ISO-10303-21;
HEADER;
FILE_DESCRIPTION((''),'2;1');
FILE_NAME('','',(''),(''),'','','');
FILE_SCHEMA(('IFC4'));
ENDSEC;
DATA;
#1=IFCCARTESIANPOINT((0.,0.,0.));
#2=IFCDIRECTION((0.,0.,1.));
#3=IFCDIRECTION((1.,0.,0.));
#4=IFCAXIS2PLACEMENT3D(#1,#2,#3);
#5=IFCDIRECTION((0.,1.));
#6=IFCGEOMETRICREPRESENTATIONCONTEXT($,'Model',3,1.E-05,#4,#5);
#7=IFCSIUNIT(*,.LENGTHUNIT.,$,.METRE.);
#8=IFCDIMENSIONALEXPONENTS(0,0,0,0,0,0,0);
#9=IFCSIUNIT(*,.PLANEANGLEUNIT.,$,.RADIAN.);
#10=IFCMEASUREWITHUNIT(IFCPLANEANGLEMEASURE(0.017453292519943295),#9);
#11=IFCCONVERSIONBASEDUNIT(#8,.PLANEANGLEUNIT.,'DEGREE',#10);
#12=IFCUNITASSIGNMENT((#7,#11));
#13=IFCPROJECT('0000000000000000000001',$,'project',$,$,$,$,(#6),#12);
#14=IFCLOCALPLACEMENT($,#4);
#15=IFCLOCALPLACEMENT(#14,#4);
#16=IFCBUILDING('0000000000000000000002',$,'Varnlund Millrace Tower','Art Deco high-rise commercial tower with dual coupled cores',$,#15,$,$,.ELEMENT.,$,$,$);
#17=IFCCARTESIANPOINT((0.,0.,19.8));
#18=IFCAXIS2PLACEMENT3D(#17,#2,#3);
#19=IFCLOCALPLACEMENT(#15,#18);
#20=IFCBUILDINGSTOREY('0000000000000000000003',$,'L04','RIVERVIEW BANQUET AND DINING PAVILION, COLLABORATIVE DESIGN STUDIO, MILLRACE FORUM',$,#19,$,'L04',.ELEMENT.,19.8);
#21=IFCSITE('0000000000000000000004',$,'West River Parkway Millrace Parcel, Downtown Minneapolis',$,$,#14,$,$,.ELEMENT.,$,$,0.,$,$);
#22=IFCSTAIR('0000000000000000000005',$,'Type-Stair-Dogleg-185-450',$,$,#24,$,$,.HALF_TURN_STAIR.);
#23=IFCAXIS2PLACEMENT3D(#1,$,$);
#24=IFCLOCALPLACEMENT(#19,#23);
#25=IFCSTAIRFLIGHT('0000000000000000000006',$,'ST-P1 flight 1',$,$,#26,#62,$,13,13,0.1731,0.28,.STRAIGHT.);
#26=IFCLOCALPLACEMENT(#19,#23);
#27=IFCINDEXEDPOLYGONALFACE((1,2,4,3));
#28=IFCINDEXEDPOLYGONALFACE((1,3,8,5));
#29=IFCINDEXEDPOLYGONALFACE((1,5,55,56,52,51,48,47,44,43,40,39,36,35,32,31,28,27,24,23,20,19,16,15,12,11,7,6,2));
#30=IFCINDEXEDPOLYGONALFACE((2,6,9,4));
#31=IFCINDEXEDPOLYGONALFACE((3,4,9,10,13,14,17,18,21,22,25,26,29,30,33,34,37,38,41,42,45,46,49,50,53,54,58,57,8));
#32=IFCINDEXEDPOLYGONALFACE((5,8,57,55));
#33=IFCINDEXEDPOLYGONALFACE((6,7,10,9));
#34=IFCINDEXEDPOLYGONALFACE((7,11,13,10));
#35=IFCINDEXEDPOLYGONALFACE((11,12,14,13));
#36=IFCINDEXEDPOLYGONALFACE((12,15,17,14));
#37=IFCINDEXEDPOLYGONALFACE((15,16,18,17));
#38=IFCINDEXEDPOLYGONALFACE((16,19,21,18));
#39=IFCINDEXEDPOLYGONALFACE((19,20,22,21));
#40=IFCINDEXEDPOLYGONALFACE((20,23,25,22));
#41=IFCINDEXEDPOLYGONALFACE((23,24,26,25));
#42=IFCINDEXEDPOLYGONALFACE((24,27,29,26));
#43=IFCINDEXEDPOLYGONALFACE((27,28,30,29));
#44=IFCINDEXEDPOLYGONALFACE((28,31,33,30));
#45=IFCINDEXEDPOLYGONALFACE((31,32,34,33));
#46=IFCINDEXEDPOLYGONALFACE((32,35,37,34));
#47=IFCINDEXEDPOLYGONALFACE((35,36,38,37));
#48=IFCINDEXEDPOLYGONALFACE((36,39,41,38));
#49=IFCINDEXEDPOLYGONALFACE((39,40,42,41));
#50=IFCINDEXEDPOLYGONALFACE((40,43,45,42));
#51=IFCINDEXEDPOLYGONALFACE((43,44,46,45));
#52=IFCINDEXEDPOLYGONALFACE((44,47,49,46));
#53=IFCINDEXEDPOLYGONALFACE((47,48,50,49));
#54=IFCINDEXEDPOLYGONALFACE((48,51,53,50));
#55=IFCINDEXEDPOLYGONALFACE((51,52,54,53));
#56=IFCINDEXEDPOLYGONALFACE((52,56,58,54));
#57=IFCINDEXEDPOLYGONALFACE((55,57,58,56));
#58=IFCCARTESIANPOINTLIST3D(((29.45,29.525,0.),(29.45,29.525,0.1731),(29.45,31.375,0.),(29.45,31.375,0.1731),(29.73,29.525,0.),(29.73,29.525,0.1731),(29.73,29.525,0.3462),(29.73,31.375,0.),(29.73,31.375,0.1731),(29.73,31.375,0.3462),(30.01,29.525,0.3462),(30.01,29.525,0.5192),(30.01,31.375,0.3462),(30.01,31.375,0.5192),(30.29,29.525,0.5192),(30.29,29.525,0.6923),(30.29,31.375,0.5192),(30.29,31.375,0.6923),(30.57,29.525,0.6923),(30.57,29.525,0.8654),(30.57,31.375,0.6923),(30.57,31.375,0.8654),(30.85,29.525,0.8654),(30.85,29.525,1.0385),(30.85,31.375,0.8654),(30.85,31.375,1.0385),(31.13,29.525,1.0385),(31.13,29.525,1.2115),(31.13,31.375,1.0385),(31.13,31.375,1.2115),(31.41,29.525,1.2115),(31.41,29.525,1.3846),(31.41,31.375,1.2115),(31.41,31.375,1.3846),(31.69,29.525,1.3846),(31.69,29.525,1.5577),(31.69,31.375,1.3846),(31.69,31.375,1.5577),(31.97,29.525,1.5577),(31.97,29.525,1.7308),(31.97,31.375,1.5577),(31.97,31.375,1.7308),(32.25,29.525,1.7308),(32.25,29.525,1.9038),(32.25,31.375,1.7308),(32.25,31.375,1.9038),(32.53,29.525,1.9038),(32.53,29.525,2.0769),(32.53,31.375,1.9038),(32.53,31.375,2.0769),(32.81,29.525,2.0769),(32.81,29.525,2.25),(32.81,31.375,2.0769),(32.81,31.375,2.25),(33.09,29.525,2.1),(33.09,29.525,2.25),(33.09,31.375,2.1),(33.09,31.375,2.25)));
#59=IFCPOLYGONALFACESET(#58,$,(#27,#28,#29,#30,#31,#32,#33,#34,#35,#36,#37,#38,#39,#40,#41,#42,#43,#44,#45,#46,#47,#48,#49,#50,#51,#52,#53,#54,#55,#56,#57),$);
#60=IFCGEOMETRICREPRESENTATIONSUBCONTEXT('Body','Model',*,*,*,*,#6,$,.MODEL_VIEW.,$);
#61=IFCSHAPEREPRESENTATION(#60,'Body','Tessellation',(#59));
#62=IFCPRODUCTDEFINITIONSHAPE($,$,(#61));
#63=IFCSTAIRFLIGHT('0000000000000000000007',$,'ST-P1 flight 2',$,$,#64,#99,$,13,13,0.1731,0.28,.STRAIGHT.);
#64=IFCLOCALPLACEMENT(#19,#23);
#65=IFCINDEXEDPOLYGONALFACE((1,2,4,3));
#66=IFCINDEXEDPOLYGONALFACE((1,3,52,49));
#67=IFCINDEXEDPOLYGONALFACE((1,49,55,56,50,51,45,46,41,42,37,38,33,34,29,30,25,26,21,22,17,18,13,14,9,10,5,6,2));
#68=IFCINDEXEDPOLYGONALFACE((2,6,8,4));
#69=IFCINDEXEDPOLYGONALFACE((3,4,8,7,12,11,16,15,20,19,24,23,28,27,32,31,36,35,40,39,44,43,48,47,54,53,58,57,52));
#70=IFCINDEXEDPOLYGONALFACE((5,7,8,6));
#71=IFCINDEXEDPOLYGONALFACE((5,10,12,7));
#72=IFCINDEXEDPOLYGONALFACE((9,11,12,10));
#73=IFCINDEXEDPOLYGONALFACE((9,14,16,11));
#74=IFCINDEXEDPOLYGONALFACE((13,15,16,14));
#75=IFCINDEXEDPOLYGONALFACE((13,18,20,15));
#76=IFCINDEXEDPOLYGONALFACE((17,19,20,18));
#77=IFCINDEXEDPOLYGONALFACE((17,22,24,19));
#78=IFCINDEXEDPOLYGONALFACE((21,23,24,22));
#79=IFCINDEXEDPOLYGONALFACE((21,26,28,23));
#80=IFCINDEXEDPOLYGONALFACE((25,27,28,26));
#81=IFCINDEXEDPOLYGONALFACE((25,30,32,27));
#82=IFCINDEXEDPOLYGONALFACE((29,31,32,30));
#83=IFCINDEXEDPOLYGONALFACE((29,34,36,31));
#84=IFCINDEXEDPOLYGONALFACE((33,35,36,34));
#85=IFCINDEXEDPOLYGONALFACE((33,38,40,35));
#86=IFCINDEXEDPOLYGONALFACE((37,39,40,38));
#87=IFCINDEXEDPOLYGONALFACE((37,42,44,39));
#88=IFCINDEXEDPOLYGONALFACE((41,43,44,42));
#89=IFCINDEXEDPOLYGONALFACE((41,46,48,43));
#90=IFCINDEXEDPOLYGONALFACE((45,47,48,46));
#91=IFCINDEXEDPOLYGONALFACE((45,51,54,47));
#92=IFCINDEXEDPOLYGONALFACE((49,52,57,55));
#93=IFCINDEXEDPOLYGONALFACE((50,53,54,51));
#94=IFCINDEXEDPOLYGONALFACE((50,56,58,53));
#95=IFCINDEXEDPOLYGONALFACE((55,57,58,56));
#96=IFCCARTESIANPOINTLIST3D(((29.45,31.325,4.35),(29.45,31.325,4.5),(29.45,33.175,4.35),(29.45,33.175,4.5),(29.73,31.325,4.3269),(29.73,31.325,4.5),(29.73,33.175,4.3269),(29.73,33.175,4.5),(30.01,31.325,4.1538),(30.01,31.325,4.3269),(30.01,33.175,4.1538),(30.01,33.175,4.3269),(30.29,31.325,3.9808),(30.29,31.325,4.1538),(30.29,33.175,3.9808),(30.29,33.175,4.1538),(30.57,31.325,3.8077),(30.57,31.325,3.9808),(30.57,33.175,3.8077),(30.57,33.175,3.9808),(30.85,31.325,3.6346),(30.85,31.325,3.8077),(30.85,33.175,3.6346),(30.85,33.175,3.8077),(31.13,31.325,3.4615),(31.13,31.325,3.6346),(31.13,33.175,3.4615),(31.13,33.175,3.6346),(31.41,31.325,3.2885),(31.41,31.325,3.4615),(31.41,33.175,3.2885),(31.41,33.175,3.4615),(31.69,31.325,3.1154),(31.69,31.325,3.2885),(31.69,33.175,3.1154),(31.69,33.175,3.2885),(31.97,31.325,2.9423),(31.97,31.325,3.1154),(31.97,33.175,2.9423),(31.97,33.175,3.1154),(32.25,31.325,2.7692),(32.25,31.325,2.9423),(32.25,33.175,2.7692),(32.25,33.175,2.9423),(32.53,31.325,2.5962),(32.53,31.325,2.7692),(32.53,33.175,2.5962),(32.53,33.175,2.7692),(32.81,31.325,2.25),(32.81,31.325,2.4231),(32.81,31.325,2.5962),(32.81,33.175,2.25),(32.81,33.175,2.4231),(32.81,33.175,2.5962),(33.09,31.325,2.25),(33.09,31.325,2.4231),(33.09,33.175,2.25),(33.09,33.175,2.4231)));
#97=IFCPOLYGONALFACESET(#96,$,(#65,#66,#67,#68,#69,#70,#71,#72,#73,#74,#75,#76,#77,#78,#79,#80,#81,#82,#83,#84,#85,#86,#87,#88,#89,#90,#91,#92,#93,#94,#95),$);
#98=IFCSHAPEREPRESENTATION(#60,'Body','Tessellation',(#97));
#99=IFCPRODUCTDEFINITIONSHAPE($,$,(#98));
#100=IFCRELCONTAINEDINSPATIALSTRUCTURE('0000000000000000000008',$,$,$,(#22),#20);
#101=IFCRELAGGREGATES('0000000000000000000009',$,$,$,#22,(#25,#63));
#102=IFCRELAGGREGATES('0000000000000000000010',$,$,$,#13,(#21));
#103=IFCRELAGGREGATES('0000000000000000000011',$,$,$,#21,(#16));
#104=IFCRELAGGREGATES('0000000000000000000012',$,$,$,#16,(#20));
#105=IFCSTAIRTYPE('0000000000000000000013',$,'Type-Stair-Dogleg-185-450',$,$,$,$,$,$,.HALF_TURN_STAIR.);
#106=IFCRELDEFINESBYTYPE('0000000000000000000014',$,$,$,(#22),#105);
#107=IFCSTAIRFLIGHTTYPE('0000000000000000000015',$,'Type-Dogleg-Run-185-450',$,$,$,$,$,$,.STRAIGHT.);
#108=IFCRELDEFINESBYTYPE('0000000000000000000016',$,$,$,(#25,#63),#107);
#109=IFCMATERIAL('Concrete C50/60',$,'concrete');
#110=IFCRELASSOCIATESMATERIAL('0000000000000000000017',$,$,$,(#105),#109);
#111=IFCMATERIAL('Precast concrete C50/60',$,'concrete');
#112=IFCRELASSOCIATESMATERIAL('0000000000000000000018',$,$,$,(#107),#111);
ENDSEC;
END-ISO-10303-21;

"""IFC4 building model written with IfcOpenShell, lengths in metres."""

from ifc_helpers import new_model, entity, si_unit, converted_unit, direction, frame, origin_with_axes, place, context, subcontext, project, spatial, polyline, outline, extrude, material, type_object, element, aggregate, save


model = new_model("IFC4")

# Units and contexts
model_context = context("Model", 3, precision=1e-05, world=origin_with_axes(), true_north=direction((0.0, 1.0)))
body_context = subcontext(model_context, "Body", "Model", "MODEL_VIEW")
ifc_project = project(units=[si_unit("LENGTHUNIT", "METRE"), converted_unit("PLANEANGLEUNIT", "DEGREE", entity("IfcPlaneAngleMeasure", 0.017453292519943295), si_unit("PLANEANGLEUNIT", "RADIAN"), dimensions=[0, 0, 0, 0, 0, 0, 0])], contexts=[model_context])

# Site, building, storey
site_placement = place(None, origin_with_axes())
site = spatial("IfcSite", under=ifc_project, at=site_placement, Name="West River Parkway Millrace Parcel, Downtown Minneapolis", CompositionType="ELEMENT", RefElevation=0.0)
building_placement = place(site_placement, origin_with_axes())
building = spatial("IfcBuilding", under=site, at=building_placement, Name="Varnlund Millrace Tower", Description="Art Deco high-rise commercial tower with dual coupled cores", CompositionType="ELEMENT")
storey_placement = place(building_placement, frame((0.0, 0.0, 19.8), z_axis=(0.0, 0.0, 1.0), x_axis=(1.0, 0.0, 0.0)))
storey = spatial("IfcBuildingStorey", under=building, at=storey_placement, Name="L04", Description="RIVERVIEW BANQUET AND DINING PAVILION, COLLABORATIVE DESIGN STUDIO, MILLRACE FORUM", LongName="L04", CompositionType="ELEMENT", Elevation=19.8)

# Shared definitions
ifc_material_1 = material(Name="Precast concrete C50/60", Category="concrete")

# Stair, stair flights
ifc_material_2 = material(Name="Concrete C50/60", Category="concrete")
stair_type = type_object("IfcStairType", Name="Type-Stair-Dogleg-185-450", PredefinedType="HALF_TURN_STAIR", material=ifc_material_2)
stair_placement = place(storey_placement, origin_with_axes())
stair = element("IfcStair", 1, at=stair_placement, inside=storey, type_object=stair_type, Name="Type-Stair-Dogleg-185-450", PredefinedType="HALF_TURN_STAIR")
stair_flight_type = type_object("IfcStairFlightType", Name="Type-Dogleg-Run-185-450", PredefinedType="STRAIGHT", material=ifc_material_1)
stair_flight_1_placement = place(storey_placement, frame((29.45, 31.375, 0.0), z_axis=(0.0, -1.0, 0.0), x_axis=(1.0, 0.0, 0.0)))
stair_flight_1 = element("IfcStairFlight", 2, at=stair_flight_1_placement, type_object=stair_flight_type, Name="ST-P1 flight 1", NumberOfRisers=13, NumberOfTreads=13, PredefinedType="STRAIGHT", RiserHeight=0.1731, TreadLength=0.28, context=body_context, shape_type="SweptSolid", body=[
    extrude(outline(polyline([(0.0, 0.0), (0.0, 0.1731), (0.28, 0.1731), (0.28, 0.3462), (0.56, 0.3462), (0.56, 0.5192), (0.84, 0.5192), (0.84, 0.6923), (1.12, 0.6923), (1.12, 0.8654), (1.4, 0.8654), (1.4, 1.0385), (1.68, 1.0385), (1.68, 1.2115), (1.96, 1.2115), (1.96, 1.3846), (2.24, 1.3846), (2.24, 1.5577), (2.52, 1.5577), (2.52, 1.7308), (2.8, 1.7308), (2.8, 1.9038), (3.08, 1.9038), (3.08, 2.0769), (3.36, 2.0769), (3.36, 2.25), (3.64, 2.25), (3.64, 2.1), (0.28, 0.0), (0.0, 0.0)])), origin_with_axes(), (0.0, 0.0, 1.0), 1.85),
])
stair_flight_2_placement = place(storey_placement, frame((33.09, 31.325, 2.25), z_axis=(0.0, 1.0, 0.0), x_axis=(-1.0, 0.0, 0.0)))
stair_flight_2 = element("IfcStairFlight", 3, at=stair_flight_2_placement, type_object=stair_flight_type, Name="ST-P1 flight 2", NumberOfRisers=13, NumberOfTreads=13, PredefinedType="STRAIGHT", RiserHeight=0.1731, TreadLength=0.28, context=body_context, shape_type="SweptSolid", body=[
    extrude(outline(polyline([(0.0, 0.0), (0.0, 0.1731), (0.28, 0.1731), (0.28, 0.3462), (0.56, 0.3462), (0.56, 0.5192), (0.84, 0.5192), (0.84, 0.6923), (1.12, 0.6923), (1.12, 0.8654), (1.4, 0.8654), (1.4, 1.0385), (1.68, 1.0385), (1.68, 1.2115), (1.96, 1.2115), (1.96, 1.3846), (2.24, 1.3846), (2.24, 1.5577), (2.52, 1.5577), (2.52, 1.7308), (2.8, 1.7308), (2.8, 1.9038), (3.08, 1.9038), (3.08, 2.0769), (3.36, 2.0769), (3.36, 2.25), (3.64, 2.25), (3.64, 2.1), (0.28, 0.0), (0.0, 0.0)])), origin_with_axes(), (0.0, 0.0, 1.0), 1.85),
])
aggregate(stair, [stair_flight_1, stair_flight_2])

save(model, "model.ifc")
